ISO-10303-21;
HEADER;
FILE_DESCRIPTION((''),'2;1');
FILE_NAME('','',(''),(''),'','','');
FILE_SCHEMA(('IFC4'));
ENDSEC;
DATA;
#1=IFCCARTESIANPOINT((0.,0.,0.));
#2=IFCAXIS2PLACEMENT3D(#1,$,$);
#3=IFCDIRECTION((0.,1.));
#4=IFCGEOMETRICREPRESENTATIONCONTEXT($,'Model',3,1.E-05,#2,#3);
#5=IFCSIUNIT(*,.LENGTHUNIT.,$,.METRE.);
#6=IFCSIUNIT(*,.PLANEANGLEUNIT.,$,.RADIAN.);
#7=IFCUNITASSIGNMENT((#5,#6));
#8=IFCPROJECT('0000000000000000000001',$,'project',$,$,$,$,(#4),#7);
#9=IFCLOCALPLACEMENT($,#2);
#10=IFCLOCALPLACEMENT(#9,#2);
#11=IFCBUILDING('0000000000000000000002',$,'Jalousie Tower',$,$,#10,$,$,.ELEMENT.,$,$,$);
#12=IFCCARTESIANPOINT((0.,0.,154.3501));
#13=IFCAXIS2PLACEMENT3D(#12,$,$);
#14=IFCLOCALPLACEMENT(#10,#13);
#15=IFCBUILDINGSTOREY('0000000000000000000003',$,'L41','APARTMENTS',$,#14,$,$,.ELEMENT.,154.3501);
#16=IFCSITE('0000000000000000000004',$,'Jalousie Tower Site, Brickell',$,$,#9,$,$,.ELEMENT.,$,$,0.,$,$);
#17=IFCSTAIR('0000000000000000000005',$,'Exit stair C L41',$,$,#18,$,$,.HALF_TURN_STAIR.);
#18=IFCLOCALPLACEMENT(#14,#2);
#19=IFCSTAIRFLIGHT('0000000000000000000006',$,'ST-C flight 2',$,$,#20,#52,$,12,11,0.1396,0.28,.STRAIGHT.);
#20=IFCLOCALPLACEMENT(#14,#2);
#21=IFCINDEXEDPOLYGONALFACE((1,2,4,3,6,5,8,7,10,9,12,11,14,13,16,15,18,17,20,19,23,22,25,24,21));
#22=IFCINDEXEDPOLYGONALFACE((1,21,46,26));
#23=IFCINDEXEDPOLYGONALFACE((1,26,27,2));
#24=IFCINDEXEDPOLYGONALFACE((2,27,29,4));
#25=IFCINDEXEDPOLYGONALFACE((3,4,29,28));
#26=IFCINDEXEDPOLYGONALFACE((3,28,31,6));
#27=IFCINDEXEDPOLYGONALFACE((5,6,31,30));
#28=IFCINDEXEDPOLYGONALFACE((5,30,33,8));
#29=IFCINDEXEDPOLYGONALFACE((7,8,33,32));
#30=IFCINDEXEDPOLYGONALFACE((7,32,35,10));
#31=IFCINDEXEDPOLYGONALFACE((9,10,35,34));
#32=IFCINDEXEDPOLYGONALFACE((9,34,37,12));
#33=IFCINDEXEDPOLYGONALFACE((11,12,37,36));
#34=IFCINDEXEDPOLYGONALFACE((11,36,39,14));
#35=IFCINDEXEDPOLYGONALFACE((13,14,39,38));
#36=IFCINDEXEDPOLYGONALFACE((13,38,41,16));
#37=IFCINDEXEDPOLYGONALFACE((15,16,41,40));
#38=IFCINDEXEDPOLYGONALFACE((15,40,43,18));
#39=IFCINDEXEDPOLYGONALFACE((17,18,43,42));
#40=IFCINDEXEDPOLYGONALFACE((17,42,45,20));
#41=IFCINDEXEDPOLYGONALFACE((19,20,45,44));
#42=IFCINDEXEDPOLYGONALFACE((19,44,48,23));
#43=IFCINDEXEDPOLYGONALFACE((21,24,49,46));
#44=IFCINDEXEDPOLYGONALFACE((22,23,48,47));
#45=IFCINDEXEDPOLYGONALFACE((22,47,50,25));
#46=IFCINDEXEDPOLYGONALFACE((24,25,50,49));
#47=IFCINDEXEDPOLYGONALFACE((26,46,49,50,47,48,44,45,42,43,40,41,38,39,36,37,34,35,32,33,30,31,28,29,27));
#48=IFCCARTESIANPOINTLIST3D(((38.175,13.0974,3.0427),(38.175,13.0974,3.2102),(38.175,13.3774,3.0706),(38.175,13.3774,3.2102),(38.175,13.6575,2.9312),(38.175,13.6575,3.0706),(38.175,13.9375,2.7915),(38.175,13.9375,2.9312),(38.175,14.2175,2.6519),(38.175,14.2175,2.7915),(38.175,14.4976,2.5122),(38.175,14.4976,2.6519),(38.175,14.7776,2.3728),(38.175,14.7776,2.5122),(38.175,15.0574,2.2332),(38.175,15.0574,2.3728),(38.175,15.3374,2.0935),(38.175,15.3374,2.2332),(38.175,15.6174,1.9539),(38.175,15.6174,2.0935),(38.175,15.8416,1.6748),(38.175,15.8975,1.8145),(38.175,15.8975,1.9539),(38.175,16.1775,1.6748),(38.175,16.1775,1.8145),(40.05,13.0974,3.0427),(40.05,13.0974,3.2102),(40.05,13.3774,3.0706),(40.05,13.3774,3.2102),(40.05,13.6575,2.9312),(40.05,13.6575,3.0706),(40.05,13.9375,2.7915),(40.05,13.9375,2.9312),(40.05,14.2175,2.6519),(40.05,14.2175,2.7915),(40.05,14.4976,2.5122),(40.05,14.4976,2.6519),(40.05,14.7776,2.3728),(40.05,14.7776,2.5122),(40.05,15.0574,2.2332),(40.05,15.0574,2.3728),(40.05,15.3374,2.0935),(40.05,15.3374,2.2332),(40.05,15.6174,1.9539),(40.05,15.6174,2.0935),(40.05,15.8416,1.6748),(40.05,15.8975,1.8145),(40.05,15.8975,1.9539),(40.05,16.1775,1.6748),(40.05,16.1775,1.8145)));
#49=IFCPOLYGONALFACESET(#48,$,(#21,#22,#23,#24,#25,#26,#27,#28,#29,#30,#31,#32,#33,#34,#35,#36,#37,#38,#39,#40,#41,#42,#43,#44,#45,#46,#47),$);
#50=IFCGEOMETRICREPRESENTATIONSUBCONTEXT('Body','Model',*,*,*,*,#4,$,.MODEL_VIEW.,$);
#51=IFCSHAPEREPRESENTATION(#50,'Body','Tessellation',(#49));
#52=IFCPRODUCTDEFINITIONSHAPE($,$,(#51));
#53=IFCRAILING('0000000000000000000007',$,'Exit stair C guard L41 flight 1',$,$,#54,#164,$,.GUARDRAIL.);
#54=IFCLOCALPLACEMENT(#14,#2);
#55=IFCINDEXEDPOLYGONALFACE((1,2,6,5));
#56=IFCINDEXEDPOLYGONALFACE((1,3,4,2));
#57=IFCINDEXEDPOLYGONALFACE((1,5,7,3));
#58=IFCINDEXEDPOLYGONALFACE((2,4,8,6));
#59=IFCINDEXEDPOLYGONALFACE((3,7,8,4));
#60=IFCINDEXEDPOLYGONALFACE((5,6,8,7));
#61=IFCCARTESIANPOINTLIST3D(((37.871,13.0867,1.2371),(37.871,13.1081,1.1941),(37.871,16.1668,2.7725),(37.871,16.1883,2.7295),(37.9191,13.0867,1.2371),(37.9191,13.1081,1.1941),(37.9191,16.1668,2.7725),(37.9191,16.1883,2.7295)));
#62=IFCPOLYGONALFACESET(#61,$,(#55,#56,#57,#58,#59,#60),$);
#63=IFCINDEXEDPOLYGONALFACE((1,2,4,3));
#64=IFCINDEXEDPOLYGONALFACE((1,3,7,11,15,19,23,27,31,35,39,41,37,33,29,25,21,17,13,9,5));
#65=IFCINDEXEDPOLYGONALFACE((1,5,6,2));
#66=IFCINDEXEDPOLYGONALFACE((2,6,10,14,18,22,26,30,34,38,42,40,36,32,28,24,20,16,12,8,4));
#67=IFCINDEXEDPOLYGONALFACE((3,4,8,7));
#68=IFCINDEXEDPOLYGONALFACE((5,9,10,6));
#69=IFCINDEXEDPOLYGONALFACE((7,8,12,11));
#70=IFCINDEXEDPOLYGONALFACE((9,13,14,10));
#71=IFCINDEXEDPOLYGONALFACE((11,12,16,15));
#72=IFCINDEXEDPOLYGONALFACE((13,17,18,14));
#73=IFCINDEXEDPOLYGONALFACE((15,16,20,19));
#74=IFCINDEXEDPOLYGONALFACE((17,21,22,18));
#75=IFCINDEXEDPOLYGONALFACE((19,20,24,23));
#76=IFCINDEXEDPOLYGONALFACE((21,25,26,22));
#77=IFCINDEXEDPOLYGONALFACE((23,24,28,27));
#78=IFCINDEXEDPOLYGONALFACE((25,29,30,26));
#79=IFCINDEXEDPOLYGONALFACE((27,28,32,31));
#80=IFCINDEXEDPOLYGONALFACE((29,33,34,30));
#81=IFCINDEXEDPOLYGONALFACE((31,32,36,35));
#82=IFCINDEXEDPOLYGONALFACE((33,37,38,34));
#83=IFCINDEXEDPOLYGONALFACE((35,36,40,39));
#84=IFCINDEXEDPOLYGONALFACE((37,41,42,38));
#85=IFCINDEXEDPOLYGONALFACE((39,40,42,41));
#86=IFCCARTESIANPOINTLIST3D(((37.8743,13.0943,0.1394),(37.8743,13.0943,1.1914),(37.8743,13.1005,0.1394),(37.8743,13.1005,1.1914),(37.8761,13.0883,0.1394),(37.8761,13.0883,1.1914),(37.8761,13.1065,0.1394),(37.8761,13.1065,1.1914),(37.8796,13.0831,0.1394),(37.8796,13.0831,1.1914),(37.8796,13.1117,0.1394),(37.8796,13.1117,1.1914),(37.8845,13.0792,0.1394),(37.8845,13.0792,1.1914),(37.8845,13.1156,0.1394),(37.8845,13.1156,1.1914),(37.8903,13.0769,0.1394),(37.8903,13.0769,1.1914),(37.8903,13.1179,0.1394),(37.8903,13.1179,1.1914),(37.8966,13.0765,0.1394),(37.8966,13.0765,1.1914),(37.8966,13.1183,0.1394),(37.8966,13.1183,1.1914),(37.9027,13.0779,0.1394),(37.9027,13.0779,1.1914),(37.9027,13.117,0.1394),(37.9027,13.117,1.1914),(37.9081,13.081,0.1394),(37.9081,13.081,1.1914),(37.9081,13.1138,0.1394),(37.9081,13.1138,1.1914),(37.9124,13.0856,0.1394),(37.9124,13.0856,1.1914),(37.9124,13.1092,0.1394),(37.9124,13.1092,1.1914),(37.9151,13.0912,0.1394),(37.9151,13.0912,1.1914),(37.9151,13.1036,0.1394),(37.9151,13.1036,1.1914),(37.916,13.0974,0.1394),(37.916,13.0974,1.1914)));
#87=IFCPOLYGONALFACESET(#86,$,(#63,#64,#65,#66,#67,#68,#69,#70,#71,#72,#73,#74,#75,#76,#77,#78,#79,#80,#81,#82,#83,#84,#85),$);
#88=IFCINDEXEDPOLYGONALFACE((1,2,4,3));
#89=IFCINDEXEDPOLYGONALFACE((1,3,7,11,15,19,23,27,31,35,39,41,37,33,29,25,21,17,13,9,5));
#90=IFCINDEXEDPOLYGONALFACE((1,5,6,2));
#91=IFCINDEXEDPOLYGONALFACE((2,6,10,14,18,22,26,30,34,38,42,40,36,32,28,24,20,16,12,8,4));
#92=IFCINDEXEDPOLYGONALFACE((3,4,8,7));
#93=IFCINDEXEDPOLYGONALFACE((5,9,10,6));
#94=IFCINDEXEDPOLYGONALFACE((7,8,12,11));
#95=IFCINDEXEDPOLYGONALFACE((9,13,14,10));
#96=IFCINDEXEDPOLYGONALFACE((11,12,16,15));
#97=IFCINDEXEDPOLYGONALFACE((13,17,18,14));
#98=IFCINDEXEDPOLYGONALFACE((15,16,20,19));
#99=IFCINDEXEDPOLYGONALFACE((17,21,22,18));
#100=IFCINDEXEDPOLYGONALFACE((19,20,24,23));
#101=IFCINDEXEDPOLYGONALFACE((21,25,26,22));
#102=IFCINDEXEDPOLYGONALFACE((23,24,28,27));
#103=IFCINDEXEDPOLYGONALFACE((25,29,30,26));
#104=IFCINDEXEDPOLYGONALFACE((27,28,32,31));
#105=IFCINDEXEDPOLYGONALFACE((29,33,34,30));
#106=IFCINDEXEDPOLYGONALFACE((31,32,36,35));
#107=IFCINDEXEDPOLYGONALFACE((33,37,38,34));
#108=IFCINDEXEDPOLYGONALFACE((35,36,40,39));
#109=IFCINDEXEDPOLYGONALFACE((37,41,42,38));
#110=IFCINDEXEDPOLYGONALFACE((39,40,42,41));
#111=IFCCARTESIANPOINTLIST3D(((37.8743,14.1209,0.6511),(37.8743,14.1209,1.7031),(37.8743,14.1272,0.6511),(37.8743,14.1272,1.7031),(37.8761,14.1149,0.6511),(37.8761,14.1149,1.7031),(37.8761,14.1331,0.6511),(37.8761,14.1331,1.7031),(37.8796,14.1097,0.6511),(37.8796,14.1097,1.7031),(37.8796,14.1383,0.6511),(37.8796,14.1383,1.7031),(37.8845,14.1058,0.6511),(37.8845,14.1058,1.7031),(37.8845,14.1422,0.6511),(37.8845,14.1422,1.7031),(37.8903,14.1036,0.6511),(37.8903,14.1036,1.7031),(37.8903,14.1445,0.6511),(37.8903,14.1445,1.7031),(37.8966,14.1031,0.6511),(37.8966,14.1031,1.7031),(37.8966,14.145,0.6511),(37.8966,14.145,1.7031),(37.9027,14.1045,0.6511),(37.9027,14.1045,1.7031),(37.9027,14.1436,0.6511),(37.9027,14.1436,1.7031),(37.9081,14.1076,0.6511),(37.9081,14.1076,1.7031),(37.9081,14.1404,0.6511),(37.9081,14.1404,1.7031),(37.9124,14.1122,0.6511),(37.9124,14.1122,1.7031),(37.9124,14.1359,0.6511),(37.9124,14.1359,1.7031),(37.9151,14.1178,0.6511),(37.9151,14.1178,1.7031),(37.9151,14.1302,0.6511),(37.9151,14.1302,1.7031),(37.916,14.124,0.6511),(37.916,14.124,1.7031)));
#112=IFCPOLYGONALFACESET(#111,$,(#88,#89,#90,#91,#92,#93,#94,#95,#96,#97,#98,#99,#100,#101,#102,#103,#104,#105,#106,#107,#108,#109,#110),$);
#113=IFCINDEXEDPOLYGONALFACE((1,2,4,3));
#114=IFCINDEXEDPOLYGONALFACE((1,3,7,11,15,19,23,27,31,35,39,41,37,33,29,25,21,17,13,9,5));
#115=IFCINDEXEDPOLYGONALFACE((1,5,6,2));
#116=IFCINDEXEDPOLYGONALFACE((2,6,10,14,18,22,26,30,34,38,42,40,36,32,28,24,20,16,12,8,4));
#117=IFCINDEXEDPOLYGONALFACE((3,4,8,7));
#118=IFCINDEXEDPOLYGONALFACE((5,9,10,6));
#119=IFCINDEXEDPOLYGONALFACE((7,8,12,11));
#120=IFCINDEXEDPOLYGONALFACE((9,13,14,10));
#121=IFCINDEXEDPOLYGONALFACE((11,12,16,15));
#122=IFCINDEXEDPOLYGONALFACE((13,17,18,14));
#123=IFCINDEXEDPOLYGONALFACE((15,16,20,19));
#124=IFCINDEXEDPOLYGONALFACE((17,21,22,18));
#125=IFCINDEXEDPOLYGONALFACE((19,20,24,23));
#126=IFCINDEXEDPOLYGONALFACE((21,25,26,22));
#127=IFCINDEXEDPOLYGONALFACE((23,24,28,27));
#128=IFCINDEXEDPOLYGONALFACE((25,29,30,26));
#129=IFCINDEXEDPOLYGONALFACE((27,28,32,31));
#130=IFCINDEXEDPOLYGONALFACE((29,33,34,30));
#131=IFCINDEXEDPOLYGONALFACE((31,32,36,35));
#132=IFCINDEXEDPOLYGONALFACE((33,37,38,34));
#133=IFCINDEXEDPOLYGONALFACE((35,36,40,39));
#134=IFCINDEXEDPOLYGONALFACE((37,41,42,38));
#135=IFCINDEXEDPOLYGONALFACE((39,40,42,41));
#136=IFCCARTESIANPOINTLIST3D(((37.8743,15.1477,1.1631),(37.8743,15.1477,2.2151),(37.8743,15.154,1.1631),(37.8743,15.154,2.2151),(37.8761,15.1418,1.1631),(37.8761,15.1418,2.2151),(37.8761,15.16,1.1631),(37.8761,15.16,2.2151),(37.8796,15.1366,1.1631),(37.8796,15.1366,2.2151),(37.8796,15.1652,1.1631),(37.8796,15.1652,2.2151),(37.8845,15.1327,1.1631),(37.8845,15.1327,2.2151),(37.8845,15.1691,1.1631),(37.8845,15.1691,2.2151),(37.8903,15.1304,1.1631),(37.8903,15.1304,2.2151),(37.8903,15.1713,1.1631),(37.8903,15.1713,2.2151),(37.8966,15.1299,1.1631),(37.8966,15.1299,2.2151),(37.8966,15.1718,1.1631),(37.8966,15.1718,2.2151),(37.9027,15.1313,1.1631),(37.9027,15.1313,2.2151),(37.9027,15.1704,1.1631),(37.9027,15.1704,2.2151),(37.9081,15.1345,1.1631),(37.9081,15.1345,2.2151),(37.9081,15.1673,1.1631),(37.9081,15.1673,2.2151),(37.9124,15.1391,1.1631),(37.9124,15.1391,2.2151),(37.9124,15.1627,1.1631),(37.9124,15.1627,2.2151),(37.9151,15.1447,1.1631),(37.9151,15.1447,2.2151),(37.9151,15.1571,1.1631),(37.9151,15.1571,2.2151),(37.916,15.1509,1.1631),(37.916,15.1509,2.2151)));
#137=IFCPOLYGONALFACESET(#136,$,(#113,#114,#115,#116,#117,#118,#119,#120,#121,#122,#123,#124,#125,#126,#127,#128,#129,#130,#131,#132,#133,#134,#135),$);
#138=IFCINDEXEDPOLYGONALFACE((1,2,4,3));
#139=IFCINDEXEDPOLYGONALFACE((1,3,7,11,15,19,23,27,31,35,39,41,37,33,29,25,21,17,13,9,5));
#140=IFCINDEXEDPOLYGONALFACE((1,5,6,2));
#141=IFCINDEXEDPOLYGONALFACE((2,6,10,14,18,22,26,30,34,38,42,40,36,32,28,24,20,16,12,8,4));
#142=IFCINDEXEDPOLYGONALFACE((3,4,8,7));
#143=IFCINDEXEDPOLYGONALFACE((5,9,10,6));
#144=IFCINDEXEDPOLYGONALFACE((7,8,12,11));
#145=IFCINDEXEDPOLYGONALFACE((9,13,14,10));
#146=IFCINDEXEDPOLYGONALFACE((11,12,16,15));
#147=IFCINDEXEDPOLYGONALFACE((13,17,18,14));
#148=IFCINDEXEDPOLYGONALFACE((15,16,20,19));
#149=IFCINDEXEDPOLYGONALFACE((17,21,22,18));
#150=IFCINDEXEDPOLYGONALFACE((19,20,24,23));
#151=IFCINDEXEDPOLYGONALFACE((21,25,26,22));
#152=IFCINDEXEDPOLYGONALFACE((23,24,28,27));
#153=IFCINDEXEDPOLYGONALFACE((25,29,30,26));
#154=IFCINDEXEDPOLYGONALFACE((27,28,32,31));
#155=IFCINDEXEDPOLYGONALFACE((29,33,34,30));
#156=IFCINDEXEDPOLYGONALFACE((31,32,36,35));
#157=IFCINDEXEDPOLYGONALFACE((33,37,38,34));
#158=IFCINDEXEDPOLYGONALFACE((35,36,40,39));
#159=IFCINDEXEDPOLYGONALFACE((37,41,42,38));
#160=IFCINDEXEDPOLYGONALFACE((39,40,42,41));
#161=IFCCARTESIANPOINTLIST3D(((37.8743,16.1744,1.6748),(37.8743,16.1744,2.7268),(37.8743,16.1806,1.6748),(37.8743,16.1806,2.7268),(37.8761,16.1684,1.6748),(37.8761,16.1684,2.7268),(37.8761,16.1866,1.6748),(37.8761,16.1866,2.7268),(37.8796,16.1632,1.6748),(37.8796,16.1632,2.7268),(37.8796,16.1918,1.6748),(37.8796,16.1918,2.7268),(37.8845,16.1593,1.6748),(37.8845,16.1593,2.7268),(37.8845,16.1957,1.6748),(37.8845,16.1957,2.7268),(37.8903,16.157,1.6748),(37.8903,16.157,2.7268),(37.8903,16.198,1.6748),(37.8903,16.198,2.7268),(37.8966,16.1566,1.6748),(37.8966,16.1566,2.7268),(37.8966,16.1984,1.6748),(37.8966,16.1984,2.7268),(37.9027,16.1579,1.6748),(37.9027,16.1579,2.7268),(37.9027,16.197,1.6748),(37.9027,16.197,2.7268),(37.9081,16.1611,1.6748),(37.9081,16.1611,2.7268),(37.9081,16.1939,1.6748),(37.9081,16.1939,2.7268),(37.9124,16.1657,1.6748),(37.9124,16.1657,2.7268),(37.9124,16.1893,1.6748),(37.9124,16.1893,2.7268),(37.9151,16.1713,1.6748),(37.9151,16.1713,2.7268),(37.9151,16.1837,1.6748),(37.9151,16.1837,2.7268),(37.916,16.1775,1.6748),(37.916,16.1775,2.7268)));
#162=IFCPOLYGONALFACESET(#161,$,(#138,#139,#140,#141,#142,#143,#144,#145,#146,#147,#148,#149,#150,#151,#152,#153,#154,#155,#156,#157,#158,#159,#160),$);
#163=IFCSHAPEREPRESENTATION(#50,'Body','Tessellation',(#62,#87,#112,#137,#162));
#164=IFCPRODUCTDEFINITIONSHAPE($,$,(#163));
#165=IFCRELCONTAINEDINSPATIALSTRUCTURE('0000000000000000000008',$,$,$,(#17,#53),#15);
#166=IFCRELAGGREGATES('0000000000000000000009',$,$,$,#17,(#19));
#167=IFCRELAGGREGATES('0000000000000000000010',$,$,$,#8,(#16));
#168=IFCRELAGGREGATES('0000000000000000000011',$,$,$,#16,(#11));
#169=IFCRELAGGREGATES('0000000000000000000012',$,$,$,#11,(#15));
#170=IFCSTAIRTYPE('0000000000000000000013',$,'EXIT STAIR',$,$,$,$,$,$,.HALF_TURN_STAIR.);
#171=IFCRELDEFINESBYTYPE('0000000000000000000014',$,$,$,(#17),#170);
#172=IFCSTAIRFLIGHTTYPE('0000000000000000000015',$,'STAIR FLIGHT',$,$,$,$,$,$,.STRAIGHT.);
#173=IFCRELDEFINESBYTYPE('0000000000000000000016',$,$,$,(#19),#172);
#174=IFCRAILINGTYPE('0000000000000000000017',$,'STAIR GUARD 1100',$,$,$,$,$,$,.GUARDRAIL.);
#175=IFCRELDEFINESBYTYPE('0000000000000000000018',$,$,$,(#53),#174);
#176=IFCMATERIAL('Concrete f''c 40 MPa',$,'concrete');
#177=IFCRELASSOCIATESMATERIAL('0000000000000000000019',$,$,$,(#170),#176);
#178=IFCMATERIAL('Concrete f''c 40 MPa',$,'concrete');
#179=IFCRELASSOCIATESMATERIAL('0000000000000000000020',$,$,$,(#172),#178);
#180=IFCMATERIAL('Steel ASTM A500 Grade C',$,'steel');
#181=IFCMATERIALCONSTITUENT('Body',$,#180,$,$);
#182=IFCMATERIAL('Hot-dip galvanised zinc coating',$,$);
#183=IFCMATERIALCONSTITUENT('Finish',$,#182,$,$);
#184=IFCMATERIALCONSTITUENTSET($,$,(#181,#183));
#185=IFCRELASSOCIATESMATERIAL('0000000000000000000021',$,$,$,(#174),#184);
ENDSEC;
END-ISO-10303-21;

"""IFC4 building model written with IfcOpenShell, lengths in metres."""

from ifc_helpers import new_model, si_unit, direction, frame, origin, origin_2d, place, context, subcontext, project, spatial, polyline, rectangle, circle, outline, extrude, material, constituent, constituent_set, type_object, element, aggregate, save


model = new_model("IFC4")

# Units and contexts
model_context = context("Model", 3, precision=1e-05, world=origin(), true_north=direction((0.0, 1.0)))
body_context = subcontext(model_context, "Body", "Model", "MODEL_VIEW")
ifc_project = project(units=[si_unit("LENGTHUNIT", "METRE"), si_unit("PLANEANGLEUNIT", "RADIAN")], contexts=[model_context])

# Site, building, storey
site_placement = place(None, origin())
site = spatial("IfcSite", under=ifc_project, at=site_placement, Name="Jalousie Tower Site, Brickell", CompositionType="ELEMENT", RefElevation=0.0)
building_placement = place(site_placement, origin())
building = spatial("IfcBuilding", under=site, at=building_placement, Name="Jalousie Tower", CompositionType="ELEMENT")
storey_placement = place(building_placement, frame((0.0, 0.0, 154.3501)))
storey = spatial("IfcBuildingStorey", under=building, at=storey_placement, Name="L41", Description="APARTMENTS", CompositionType="ELEMENT", Elevation=154.3501)

# Stair, stair flight
ifc_material_1 = material(Name="Concrete f'c 40 MPa", Category="concrete")
stair_type = type_object("IfcStairType", Name="EXIT STAIR", PredefinedType="HALF_TURN_STAIR", material=ifc_material_1)
stair_placement = place(storey_placement, origin())
stair = element("IfcStair", 1, at=stair_placement, inside=storey, type_object=stair_type, Name="Exit stair C L41", PredefinedType="HALF_TURN_STAIR")
ifc_material_2 = material(Name="Concrete f'c 40 MPa", Category="concrete")
stair_flight_type = type_object("IfcStairFlightType", Name="STAIR FLIGHT", PredefinedType="STRAIGHT", material=ifc_material_2)
stair_flight_1_placement = place(storey_placement, frame((39.1125, 16.1775, 1.6748), z_axis=(0.0, 0.0, 1.0), x_axis=(0.0, -1.0, 0.0)))
stair_flight_1 = element("IfcStairFlight", 2, at=stair_flight_1_placement, type_object=stair_flight_type, Name="ST-C flight 2", NumberOfRisers=12, NumberOfTreads=11, PredefinedType="STRAIGHT", RiserHeight=0.1396, TreadLength=0.28, context=body_context, shape_type="SweptSolid", body=[
    extrude(outline(polyline([(0.0, 0.0), (0.0, 0.1396), (0.28, 0.1396), (0.28, 0.2791), (0.5601, 0.2791), (0.5601, 0.4187), (0.8401, 0.4187), (0.8401, 0.5583), (1.1201, 0.5583), (1.1201, 0.698), (1.3999, 0.698), (1.3999, 0.8374), (1.6799, 0.8374), (1.6799, 0.9771), (1.96, 0.9771), (1.96, 1.1167), (2.24, 1.1167), (2.24, 1.2563), (2.52, 1.2563), (2.52, 1.3958), (2.8, 1.3958), (2.8, 1.5354), (3.0801, 1.5354), (3.0801, 1.675), (3.0801, 1.3679), (0.3359, 0.0), (0.0, 0.0)])), frame((0.0, 0.9375, 0.0), z_axis=(0.0, -1.0, 0.0), x_axis=(1.0, 0.0, 0.0)), (0.0, 0.0, 1.0), 1.875),
])
aggregate(stair, [stair_flight_1])

# Railing
ifc_material_3 = material(Name="Steel ASTM A500 Grade C", Category="steel")
ifc_constituent_1 = constituent(ifc_material_3, Name="Body")
ifc_material_4 = material(Name="Hot-dip galvanised zinc coating")
ifc_constituent_2 = constituent(ifc_material_4, Name="Finish")
ifc_constituent_set_1 = constituent_set(constituents=[ifc_constituent_1, ifc_constituent_2])
railing_type_1 = type_object("IfcRailingType", Name="STAIR GUARD 1100", PredefinedType="GUARDRAIL", material=ifc_constituent_set_1)
railing_1_placement = place(storey_placement, frame((37.895, 13.0974, 0.1394)))
element("IfcRailing", 3, at=railing_1_placement, inside=storey, type_object=railing_type_1, Name="Exit stair C guard L41 flight 1", PredefinedType="GUARDRAIL", context=body_context, shape_type="SweptSolid", body=[
    extrude(rectangle(XDim=0.0481, YDim=0.0481, at=origin_2d()), frame((0.0, 0.0, 1.0762), z_axis=(0.0, 0.894966, 0.446135), x_axis=(-1.0, 0.0, 0.0)), (0.0, 0.0, 1.0), 3.4417),
    extrude(circle(Radius=0.021, at=origin_2d()), origin(), (0.0, 0.0, 1.0), 1.052),
    extrude(circle(Radius=0.021, at=origin_2d()), frame((0.0, 1.0266, 0.5117)), (0.0, 0.0, 1.0), 1.052),
    extrude(circle(Radius=0.021, at=origin_2d()), frame((0.0, 2.0535, 1.0237)), (0.0, 0.0, 1.0), 1.052),
    extrude(circle(Radius=0.021, at=origin_2d()), frame((0.0, 3.0801, 1.5354)), (0.0, 0.0, 1.0), 1.052),
])

save(model, "model.ifc")
